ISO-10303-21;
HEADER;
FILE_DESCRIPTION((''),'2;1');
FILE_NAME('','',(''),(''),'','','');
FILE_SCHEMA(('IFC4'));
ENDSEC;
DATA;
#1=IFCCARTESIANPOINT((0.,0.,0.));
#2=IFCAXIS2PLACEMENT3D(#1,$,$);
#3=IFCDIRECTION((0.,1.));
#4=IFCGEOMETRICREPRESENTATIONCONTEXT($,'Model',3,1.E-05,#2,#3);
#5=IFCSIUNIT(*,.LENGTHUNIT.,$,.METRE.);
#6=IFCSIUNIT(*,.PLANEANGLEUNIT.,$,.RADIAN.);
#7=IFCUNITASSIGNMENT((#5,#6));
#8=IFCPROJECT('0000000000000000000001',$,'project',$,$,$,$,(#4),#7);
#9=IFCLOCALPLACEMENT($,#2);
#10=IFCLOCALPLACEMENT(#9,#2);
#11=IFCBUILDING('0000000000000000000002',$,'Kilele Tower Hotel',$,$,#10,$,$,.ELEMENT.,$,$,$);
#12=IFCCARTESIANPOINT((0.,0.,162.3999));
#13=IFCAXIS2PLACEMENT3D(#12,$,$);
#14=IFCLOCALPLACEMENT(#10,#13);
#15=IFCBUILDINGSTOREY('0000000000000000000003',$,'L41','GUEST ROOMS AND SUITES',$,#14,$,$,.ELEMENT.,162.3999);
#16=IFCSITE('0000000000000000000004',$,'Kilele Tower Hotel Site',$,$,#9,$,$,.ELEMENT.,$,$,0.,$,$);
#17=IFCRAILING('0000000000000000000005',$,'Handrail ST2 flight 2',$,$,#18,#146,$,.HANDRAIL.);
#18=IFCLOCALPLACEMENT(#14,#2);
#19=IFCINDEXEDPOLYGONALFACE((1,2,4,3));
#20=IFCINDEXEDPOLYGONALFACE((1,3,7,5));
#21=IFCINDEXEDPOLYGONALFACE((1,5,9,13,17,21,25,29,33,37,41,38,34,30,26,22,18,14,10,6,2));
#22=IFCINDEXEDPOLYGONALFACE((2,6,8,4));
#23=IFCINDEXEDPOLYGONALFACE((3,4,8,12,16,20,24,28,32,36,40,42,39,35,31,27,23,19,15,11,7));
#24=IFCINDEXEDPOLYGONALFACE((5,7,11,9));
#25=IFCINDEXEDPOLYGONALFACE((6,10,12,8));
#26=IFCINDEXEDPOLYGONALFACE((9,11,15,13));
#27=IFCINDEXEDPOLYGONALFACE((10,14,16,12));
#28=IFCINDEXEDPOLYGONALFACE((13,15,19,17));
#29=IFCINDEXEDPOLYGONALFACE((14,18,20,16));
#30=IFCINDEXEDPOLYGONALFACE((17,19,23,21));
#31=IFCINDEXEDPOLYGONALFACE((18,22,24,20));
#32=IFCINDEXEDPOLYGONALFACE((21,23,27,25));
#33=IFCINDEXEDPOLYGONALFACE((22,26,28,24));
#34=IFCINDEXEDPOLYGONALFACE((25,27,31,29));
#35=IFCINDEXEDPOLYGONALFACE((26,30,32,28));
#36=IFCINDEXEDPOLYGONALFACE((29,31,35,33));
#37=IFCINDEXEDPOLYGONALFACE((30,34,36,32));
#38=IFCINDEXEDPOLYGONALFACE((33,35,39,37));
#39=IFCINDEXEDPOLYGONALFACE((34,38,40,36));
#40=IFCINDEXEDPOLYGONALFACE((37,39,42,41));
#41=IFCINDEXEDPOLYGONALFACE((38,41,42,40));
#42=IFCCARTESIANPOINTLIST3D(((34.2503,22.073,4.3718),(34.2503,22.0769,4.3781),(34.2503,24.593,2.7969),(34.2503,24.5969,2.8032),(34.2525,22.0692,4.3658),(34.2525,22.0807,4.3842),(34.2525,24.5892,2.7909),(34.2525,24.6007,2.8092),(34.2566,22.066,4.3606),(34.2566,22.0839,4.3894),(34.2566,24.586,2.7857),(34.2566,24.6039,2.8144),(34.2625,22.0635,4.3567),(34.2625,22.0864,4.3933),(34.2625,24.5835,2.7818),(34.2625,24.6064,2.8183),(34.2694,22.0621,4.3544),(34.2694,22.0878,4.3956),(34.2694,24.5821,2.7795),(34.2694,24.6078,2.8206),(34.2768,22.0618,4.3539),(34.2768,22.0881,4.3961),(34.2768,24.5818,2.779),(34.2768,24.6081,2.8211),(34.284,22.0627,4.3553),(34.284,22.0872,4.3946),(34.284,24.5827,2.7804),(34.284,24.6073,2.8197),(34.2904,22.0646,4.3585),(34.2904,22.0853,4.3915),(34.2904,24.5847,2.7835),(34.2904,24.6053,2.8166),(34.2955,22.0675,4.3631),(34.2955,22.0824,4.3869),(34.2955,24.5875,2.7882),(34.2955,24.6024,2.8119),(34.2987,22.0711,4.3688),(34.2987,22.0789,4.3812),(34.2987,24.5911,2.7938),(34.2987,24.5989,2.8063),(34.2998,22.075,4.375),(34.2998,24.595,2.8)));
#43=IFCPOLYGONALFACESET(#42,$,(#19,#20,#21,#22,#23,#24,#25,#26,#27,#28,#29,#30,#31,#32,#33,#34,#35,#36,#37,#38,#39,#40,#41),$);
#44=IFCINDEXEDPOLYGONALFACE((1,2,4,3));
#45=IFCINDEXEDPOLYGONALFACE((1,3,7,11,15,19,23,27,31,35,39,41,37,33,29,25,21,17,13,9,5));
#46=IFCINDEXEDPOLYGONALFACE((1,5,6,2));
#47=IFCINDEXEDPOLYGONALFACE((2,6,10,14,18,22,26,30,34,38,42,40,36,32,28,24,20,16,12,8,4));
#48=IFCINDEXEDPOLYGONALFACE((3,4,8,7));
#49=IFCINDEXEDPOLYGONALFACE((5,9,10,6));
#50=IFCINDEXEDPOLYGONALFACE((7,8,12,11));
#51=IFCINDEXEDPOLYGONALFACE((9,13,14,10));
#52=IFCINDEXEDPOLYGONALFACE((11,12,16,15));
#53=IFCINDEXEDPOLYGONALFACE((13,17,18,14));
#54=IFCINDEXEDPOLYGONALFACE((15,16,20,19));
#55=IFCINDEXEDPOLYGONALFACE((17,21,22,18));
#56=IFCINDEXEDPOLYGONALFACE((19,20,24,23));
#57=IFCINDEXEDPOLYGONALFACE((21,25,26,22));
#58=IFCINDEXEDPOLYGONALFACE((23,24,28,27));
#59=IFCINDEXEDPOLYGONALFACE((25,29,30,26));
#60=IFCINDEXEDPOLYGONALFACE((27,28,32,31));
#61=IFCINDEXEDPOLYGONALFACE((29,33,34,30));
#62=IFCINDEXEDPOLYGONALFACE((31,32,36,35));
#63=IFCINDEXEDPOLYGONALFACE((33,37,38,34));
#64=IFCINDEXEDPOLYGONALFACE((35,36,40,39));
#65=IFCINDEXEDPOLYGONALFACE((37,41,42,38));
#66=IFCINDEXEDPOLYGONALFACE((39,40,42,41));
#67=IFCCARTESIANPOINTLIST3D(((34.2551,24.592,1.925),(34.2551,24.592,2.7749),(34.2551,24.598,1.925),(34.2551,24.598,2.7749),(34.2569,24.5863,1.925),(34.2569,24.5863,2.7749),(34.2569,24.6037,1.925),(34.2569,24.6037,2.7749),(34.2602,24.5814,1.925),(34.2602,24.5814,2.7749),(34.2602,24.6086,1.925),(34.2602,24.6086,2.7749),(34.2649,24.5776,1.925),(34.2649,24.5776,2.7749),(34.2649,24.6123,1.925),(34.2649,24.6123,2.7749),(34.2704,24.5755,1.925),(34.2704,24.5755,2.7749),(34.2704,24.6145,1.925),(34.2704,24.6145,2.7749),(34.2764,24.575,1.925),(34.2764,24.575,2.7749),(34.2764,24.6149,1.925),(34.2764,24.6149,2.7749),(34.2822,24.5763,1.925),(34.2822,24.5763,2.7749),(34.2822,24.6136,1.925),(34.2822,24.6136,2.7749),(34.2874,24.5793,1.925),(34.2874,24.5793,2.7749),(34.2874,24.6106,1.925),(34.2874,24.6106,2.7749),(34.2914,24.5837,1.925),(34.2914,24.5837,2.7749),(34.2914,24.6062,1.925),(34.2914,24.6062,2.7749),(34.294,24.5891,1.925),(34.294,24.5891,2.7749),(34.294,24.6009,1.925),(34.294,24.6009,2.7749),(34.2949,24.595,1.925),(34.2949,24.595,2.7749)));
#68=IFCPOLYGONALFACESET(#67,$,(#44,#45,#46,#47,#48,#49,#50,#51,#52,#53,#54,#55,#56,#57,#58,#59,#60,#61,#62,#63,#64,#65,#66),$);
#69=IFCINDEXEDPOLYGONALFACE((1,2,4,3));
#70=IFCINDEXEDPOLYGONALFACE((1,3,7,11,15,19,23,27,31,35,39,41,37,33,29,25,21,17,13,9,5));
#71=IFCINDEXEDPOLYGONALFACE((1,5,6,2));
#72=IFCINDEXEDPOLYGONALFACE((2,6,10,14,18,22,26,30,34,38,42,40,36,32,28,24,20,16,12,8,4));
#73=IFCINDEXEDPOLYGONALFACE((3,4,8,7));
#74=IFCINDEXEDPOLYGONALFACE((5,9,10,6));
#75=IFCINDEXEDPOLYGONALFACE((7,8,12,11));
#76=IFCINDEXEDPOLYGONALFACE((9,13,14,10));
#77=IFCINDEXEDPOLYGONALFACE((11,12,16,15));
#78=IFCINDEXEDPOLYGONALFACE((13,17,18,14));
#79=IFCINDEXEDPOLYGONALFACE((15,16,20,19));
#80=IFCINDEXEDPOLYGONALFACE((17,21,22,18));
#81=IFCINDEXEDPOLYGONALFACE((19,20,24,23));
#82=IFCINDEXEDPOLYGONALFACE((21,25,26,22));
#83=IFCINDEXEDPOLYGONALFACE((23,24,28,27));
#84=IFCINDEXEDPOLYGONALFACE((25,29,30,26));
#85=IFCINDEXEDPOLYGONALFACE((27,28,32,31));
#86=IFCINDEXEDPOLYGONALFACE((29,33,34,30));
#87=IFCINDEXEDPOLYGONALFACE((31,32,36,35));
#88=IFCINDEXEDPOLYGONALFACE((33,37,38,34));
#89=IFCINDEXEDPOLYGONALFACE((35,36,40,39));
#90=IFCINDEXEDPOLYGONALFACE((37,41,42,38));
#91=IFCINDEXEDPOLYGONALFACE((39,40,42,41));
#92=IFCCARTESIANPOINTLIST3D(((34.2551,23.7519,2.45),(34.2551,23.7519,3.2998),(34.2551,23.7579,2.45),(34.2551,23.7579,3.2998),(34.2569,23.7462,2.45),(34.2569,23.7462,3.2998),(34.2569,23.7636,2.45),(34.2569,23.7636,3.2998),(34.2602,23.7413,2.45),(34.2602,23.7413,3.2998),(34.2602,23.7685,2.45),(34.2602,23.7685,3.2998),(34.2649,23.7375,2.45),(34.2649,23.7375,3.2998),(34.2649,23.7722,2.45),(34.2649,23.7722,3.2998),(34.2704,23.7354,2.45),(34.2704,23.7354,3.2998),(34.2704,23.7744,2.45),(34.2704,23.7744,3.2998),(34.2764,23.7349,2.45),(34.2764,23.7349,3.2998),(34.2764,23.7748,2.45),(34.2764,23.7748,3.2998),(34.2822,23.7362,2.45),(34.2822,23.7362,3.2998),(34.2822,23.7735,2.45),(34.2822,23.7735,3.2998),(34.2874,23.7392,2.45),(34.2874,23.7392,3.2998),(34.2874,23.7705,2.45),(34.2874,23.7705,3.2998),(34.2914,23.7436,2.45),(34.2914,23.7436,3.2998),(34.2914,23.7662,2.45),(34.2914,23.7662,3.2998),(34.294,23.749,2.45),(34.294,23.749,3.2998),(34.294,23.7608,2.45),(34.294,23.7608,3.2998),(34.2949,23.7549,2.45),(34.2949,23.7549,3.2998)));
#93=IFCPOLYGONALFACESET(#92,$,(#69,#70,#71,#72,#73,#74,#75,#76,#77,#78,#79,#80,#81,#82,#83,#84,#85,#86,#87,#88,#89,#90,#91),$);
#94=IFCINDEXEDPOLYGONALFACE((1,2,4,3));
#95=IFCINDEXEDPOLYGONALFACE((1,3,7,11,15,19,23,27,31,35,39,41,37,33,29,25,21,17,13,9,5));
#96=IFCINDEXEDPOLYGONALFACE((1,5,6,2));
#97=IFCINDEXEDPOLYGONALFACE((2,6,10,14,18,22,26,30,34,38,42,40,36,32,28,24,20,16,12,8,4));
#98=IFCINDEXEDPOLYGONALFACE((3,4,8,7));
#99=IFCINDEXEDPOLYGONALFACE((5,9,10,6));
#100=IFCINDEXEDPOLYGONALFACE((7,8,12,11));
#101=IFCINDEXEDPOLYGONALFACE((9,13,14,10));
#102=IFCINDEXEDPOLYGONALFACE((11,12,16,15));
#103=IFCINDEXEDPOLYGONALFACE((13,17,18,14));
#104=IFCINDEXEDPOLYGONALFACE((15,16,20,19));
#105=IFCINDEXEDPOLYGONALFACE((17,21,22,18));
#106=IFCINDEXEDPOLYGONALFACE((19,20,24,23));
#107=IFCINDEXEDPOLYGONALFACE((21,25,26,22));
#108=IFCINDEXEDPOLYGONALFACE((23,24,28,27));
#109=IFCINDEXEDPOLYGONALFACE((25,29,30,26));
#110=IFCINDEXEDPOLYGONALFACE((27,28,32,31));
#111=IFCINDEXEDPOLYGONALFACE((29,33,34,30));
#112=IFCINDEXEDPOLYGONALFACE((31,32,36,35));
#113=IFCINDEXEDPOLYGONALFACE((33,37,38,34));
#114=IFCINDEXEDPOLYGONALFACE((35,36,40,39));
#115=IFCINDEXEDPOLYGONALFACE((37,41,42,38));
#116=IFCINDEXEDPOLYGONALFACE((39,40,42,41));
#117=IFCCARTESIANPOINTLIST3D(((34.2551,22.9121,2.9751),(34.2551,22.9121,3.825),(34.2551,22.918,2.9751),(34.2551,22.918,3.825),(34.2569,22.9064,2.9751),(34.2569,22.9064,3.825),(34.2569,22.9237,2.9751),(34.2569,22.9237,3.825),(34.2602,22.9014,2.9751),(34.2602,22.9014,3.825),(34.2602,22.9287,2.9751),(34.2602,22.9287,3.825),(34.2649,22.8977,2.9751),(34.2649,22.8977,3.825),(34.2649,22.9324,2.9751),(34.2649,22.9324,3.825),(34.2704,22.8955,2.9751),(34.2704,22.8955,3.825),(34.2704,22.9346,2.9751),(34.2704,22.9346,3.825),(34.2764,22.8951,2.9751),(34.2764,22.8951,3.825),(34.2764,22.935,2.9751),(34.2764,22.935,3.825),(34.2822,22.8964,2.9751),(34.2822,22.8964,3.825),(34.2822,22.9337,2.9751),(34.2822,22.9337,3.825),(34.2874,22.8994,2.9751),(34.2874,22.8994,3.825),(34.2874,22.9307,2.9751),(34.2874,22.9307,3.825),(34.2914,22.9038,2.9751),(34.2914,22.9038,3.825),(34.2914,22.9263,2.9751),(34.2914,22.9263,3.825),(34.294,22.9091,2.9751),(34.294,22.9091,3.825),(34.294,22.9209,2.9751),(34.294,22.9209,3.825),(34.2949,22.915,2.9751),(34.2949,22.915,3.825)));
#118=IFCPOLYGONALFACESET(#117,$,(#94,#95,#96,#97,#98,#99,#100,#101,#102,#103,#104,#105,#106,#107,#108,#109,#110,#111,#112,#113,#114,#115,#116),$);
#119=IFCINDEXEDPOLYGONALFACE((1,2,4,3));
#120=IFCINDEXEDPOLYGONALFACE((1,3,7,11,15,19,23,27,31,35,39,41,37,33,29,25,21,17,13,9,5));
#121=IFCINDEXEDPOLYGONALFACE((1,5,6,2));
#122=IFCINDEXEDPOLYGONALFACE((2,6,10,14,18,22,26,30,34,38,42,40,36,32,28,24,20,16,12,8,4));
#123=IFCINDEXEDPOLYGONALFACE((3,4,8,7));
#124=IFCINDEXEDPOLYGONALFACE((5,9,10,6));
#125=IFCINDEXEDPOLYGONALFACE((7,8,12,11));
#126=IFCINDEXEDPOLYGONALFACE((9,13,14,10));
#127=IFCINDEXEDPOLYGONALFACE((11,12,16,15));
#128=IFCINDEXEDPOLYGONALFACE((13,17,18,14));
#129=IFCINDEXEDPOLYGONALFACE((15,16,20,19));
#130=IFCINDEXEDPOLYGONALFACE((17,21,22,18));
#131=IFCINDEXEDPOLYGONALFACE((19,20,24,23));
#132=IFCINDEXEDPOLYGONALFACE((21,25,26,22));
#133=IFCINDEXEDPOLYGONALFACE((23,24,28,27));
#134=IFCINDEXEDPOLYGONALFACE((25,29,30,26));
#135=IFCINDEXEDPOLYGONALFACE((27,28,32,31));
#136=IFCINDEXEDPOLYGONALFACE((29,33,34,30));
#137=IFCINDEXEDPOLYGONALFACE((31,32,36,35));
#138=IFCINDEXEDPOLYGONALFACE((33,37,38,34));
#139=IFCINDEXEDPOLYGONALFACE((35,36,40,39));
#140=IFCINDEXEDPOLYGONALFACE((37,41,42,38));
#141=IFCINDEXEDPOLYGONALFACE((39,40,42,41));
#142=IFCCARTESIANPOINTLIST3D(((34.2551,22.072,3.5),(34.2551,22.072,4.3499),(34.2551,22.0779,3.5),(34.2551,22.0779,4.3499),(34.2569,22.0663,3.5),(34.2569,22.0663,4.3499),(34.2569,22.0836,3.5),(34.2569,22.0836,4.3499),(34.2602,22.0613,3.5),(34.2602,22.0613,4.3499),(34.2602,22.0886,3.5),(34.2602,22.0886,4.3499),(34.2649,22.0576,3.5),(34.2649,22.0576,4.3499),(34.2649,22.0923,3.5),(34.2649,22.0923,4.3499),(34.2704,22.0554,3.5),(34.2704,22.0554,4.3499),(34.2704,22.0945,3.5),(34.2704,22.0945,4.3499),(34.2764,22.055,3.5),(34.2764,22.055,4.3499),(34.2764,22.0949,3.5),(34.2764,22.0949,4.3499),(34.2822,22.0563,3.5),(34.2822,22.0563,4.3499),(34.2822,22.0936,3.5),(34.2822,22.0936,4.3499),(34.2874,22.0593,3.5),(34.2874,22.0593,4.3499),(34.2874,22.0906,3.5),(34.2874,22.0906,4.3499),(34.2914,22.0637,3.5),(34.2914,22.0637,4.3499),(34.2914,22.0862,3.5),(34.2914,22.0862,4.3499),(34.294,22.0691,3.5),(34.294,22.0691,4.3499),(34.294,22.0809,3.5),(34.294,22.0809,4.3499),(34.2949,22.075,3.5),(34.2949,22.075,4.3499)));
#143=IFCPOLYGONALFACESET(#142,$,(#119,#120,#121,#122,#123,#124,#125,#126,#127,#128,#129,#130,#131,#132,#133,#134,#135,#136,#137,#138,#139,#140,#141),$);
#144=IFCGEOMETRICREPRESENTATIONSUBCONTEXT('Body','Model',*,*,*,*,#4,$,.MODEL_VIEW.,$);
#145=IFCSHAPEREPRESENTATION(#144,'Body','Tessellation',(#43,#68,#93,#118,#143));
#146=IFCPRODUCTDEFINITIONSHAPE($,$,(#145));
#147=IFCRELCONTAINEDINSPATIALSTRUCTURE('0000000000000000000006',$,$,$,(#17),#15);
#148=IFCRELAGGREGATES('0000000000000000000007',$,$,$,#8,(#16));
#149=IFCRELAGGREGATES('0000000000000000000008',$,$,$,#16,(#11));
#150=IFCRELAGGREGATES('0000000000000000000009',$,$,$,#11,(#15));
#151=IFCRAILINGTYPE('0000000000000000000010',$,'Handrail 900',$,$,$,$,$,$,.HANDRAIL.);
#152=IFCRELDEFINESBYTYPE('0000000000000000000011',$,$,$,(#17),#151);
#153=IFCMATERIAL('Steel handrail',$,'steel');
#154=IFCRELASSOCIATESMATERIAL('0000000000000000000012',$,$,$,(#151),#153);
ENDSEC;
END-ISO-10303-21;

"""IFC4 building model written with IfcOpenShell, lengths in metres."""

from ifc_helpers import new_model, si_unit, direction, frame, origin, origin_2d, place, context, subcontext, project, spatial, circle, extrude, material, type_object, element, save


model = new_model("IFC4")

# Units and contexts
model_context = context("Model", 3, precision=1e-05, world=origin(), true_north=direction((0.0, 1.0)))
body_context = subcontext(model_context, "Body", "Model", "MODEL_VIEW")
ifc_project = project(units=[si_unit("LENGTHUNIT", "METRE"), si_unit("PLANEANGLEUNIT", "RADIAN")], contexts=[model_context])

# Site, building, storey
site_placement = place(None, origin())
site = spatial("IfcSite", under=ifc_project, at=site_placement, Name="Kilele Tower Hotel Site", CompositionType="ELEMENT", RefElevation=0.0)
building_placement = place(site_placement, origin())
building = spatial("IfcBuilding", under=site, at=building_placement, Name="Kilele Tower Hotel", CompositionType="ELEMENT")
storey_placement = place(building_placement, frame((0.0, 0.0, 162.3999)))
storey = spatial("IfcBuildingStorey", under=building, at=storey_placement, Name="L41", Description="GUEST ROOMS AND SUITES", CompositionType="ELEMENT", Elevation=162.3999)

# Railing
ifc_material_1 = material(Name="Steel handrail", Category="steel")
railing_type_1 = type_object("IfcRailingType", Name="Handrail 900", PredefinedType="HANDRAIL", material=ifc_material_1)
railing_1_placement = place(storey_placement, frame((34.2749, 24.595, 1.925)))
element("IfcRailing", 1, at=railing_1_placement, inside=storey, type_object=railing_type_1, Name="Handrail ST2 flight 2", PredefinedType="HANDRAIL", context=body_context, shape_type="SweptSolid", body=[
    extrude(circle(Radius=0.0249, at=origin_2d()), frame((0.0, 0.0, 0.875), z_axis=(0.0, -0.848008, 0.529984), x_axis=(1.0, 0.0, 0.0)), (0.0, 0.0, 1.0), 2.9717),
    extrude(circle(Radius=0.02, at=origin_2d()), origin(), (0.0, 0.0, 1.0), 0.8499),
    extrude(circle(Radius=0.02, at=origin_2d()), frame((0.0, -0.8401, 0.5249)), (0.0, 0.0, 1.0), 0.8499),
    extrude(circle(Radius=0.02, at=origin_2d()), frame((0.0, -1.6799, 1.05)), (0.0, 0.0, 1.0), 0.8499),
    extrude(circle(Radius=0.02, at=origin_2d()), frame((0.0, -2.52, 1.575)), (0.0, 0.0, 1.0), 0.8499),
])

save(model, "model.ifc")
